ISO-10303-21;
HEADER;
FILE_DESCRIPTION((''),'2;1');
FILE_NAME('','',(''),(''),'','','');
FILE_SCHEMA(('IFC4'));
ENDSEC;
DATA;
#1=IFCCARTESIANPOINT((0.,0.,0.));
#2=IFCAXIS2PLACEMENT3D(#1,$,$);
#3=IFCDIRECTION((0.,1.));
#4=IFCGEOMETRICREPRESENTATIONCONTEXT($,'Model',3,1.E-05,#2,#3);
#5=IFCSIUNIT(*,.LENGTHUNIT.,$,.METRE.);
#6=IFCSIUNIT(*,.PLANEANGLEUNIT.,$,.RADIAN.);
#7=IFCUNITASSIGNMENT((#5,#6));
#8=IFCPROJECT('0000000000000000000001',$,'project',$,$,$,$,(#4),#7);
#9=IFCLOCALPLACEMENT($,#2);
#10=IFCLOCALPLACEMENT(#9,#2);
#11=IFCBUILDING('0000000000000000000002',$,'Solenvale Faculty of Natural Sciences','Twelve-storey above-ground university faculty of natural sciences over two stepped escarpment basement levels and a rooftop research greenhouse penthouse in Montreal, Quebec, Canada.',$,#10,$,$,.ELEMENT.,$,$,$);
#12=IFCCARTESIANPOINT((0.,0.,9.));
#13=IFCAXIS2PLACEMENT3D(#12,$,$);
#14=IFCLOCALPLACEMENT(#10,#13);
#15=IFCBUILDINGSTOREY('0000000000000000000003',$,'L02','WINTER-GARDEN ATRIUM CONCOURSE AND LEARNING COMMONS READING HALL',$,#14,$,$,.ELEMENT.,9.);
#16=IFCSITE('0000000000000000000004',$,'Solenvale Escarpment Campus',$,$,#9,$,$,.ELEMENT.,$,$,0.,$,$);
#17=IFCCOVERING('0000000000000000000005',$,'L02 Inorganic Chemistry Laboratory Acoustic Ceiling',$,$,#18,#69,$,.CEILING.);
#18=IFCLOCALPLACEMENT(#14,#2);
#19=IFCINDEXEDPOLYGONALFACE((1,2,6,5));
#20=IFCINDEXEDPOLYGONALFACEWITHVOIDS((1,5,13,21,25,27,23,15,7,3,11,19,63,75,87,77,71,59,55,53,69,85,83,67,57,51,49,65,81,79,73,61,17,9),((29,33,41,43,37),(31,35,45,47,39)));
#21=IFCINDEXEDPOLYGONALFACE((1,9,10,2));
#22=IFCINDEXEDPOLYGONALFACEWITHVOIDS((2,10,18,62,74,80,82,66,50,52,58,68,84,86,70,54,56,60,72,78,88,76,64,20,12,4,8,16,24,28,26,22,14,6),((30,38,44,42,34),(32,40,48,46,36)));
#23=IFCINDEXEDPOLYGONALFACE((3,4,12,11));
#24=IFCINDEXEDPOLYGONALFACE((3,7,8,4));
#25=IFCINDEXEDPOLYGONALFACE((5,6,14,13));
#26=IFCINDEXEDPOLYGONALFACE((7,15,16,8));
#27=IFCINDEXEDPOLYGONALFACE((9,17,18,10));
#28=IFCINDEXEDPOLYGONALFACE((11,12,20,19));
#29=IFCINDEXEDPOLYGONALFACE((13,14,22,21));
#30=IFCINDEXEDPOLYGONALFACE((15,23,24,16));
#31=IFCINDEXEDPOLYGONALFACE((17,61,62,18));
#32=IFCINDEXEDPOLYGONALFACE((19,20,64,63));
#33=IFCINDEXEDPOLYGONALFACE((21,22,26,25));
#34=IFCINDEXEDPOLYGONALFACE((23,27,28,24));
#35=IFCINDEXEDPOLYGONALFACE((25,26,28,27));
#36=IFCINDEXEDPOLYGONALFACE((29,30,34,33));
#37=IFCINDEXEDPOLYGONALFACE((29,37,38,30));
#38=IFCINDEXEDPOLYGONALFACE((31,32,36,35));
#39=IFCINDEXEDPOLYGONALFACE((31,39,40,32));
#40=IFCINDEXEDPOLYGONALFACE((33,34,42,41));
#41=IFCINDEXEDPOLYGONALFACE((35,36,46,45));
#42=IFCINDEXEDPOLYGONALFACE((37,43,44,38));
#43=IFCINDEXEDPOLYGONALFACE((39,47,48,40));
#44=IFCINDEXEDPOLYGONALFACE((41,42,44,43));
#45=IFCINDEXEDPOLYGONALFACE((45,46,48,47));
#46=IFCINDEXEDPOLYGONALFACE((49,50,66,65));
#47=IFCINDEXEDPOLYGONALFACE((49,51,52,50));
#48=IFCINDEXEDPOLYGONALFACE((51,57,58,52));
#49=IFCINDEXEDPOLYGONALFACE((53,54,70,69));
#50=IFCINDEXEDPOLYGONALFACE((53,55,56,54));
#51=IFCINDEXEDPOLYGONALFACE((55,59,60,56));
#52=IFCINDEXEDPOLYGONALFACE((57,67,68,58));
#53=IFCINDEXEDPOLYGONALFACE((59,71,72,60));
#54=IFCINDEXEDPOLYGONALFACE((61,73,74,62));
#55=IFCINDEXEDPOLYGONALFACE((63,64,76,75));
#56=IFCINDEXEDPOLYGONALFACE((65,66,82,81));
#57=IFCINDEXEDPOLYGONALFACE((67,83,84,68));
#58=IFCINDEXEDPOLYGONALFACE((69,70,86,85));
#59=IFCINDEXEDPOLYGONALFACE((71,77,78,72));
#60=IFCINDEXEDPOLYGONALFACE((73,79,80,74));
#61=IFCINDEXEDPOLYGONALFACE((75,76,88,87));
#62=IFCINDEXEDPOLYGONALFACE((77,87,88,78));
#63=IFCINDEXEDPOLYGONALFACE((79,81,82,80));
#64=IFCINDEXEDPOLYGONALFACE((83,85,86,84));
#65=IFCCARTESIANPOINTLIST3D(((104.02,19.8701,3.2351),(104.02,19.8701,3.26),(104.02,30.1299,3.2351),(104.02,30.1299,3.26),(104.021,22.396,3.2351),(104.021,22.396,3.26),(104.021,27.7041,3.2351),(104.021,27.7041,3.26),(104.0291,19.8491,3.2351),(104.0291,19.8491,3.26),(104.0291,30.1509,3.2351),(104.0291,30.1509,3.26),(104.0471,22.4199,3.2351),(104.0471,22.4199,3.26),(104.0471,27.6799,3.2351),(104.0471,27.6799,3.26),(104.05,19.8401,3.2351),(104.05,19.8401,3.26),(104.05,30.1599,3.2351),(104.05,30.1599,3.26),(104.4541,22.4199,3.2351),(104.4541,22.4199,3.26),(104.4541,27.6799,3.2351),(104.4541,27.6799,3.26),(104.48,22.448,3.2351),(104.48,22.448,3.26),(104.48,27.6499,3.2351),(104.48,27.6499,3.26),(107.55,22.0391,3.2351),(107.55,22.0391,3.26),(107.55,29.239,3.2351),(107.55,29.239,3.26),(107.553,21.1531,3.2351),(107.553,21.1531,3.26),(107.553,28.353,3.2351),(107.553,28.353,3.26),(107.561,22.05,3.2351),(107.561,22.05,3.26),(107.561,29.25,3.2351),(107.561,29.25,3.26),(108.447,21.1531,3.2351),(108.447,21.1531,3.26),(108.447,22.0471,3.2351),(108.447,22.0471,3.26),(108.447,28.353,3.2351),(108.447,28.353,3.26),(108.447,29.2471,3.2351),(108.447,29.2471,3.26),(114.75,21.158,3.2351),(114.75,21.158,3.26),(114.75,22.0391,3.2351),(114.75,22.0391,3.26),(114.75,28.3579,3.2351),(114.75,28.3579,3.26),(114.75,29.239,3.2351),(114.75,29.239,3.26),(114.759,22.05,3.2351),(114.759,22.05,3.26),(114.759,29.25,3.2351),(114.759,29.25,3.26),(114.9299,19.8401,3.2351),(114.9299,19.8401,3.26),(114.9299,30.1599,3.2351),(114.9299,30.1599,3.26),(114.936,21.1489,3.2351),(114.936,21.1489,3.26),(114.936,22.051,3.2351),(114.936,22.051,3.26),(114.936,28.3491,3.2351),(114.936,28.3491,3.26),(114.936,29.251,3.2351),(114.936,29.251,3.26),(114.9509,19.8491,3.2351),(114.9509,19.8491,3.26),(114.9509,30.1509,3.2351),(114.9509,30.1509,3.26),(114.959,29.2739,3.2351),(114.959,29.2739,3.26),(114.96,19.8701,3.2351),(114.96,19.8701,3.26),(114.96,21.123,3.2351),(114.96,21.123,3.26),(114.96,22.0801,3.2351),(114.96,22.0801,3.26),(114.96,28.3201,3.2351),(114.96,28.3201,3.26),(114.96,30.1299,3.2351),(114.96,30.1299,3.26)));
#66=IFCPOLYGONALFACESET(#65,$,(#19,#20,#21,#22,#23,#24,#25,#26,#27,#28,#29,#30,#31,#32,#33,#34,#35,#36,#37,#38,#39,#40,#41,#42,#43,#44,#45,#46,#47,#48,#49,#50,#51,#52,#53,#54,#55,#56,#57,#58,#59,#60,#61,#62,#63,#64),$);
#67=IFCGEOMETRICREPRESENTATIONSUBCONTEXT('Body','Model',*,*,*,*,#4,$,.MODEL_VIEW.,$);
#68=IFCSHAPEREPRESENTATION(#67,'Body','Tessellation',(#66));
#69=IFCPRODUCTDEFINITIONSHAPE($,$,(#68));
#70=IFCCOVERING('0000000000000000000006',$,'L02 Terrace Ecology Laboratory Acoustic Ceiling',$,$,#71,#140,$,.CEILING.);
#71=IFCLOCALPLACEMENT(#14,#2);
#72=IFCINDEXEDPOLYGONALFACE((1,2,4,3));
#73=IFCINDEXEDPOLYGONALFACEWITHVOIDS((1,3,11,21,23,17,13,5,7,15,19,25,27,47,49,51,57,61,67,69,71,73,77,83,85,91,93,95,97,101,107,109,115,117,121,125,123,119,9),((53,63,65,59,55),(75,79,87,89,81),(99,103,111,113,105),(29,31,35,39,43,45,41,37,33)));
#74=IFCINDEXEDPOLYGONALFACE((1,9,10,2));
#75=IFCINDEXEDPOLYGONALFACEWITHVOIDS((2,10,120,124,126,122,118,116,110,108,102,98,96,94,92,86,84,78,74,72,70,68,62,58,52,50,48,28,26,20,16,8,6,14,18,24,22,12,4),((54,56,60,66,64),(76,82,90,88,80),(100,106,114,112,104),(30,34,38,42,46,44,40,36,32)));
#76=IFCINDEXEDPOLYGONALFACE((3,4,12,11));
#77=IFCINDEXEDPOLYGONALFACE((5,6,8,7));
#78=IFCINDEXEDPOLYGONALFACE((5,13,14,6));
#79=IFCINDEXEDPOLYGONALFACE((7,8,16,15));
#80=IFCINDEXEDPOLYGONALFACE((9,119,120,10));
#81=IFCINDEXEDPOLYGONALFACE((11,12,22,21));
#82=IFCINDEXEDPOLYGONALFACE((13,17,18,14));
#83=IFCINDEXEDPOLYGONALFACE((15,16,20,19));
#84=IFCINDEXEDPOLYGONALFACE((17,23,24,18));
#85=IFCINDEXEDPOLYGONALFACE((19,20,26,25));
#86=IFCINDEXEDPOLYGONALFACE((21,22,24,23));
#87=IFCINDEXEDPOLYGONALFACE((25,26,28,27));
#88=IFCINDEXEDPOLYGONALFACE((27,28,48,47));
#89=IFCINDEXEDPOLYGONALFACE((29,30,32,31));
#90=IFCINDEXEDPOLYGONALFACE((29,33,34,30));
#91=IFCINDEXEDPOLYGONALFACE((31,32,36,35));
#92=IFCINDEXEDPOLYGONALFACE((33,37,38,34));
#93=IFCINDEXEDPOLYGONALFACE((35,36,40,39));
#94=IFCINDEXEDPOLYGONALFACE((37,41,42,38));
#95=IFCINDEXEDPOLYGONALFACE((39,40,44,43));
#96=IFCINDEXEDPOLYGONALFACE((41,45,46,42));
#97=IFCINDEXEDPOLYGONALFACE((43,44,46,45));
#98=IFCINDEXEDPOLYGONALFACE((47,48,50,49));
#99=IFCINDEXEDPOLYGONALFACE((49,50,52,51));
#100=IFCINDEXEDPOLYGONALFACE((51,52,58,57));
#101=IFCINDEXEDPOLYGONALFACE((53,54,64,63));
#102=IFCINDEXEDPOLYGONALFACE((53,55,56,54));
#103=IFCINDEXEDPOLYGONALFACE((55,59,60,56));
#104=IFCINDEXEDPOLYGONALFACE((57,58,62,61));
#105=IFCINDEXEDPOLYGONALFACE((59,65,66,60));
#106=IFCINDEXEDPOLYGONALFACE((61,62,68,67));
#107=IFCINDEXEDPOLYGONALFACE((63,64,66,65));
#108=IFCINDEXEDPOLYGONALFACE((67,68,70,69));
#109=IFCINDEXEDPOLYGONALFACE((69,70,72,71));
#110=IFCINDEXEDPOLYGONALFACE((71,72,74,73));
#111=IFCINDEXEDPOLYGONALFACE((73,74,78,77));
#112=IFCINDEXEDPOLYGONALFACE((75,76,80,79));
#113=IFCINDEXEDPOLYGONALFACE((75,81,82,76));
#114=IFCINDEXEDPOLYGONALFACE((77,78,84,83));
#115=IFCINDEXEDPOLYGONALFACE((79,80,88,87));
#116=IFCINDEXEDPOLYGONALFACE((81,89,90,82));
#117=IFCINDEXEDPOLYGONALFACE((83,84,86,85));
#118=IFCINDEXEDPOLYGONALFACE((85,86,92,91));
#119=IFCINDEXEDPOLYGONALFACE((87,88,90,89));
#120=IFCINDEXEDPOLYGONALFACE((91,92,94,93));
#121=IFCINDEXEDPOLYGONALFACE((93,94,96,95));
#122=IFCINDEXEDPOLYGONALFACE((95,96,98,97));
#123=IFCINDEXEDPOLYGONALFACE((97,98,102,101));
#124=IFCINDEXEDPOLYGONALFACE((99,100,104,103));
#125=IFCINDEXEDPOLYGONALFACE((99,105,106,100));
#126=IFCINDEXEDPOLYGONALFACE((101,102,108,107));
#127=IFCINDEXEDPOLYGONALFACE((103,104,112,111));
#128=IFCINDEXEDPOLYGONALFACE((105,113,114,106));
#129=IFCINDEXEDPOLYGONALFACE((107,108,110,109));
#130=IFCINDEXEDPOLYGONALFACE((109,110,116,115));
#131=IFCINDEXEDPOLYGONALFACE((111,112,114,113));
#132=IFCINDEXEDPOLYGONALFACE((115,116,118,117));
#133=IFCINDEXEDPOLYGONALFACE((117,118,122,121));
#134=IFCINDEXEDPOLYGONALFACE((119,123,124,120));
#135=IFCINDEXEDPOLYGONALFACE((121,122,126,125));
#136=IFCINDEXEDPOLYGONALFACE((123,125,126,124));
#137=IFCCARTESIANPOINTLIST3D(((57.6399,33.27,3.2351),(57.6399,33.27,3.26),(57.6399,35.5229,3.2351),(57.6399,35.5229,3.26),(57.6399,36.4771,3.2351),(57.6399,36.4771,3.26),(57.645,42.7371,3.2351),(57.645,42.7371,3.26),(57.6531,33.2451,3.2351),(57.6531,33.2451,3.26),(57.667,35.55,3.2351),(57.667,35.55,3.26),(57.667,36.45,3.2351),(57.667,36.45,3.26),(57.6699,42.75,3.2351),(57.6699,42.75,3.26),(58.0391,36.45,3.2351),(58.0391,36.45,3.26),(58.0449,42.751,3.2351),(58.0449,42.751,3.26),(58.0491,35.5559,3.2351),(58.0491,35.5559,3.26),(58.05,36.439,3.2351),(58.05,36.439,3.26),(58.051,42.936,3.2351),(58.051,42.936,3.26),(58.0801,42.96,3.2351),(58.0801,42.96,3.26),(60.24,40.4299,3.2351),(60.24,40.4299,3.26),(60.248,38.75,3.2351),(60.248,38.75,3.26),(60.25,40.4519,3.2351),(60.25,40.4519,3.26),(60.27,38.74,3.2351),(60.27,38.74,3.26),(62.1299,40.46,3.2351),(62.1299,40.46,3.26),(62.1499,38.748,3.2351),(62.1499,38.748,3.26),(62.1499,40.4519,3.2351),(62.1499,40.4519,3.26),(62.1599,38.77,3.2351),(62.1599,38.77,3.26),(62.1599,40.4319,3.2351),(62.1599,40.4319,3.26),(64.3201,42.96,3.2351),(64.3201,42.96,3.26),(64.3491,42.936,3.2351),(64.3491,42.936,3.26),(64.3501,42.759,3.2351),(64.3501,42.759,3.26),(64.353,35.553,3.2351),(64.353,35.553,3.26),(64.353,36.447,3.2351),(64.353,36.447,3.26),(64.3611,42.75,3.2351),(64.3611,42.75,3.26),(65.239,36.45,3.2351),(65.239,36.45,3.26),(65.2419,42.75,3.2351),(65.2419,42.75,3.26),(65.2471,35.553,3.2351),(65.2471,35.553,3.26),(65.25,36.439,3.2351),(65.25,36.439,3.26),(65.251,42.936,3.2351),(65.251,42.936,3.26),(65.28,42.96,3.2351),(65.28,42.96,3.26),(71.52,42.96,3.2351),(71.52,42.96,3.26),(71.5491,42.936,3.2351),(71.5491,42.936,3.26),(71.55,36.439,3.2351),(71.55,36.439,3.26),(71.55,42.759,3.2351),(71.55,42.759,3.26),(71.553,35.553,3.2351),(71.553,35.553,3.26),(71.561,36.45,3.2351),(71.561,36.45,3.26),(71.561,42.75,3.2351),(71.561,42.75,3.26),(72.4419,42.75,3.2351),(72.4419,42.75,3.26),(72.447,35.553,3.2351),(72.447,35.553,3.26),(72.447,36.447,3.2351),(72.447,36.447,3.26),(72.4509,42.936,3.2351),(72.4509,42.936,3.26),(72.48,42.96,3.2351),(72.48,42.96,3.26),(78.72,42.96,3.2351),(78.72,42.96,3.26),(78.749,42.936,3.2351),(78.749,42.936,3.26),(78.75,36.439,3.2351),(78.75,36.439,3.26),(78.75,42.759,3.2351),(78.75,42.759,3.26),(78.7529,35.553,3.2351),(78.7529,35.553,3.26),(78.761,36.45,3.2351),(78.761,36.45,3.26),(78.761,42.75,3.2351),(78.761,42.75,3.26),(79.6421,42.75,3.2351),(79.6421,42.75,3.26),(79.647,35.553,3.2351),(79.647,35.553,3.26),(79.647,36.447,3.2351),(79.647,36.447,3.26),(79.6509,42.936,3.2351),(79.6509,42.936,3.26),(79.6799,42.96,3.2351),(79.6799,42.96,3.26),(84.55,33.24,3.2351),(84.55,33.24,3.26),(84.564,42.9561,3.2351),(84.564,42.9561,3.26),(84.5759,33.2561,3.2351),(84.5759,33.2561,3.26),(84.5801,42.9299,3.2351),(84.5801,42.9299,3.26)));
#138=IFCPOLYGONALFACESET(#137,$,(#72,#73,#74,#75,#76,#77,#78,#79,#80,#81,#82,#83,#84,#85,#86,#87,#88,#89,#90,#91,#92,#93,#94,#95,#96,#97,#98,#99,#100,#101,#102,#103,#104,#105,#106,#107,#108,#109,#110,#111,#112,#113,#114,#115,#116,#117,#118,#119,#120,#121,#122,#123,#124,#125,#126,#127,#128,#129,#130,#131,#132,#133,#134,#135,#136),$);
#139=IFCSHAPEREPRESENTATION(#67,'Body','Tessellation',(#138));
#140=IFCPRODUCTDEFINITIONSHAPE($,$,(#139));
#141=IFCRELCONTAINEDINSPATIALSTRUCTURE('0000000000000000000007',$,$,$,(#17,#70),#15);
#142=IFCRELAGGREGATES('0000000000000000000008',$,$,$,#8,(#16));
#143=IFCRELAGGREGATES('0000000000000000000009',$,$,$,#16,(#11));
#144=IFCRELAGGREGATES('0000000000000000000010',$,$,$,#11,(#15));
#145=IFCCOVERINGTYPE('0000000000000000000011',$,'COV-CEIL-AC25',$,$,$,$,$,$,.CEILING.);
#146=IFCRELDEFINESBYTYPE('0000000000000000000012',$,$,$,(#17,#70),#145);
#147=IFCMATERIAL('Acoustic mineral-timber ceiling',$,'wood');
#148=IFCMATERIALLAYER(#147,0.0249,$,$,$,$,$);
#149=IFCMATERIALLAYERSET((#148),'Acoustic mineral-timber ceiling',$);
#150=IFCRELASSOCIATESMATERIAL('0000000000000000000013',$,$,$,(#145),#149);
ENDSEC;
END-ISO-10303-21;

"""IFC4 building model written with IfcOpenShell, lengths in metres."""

from ifc_helpers import new_model, si_unit, direction, frame, origin, place, context, subcontext, project, spatial, polyline, outline, extrude, material, layer, layer_set, type_object, element, save


model = new_model("IFC4")

# Units and contexts
model_context = context("Model", 3, precision=1e-05, world=origin(), true_north=direction((0.0, 1.0)))
body_context = subcontext(model_context, "Body", "Model", "MODEL_VIEW")
ifc_project = project(units=[si_unit("LENGTHUNIT", "METRE"), si_unit("PLANEANGLEUNIT", "RADIAN")], contexts=[model_context])

# Site, building, storey
site_placement = place(None, origin())
site = spatial("IfcSite", under=ifc_project, at=site_placement, Name="Solenvale Escarpment Campus", CompositionType="ELEMENT", RefElevation=0.0)
building_placement = place(site_placement, origin())
building = spatial("IfcBuilding", under=site, at=building_placement, Name="Solenvale Faculty of Natural Sciences", Description="Twelve-storey above-ground university faculty of natural sciences over two stepped escarpment basement levels and a rooftop research greenhouse penthouse in Montreal, Quebec, Canada.", CompositionType="ELEMENT")
storey_placement = place(building_placement, frame((0.0, 0.0, 9.0)))
storey = spatial("IfcBuildingStorey", under=building, at=storey_placement, Name="L02", Description="WINTER-GARDEN ATRIUM CONCOURSE AND LEARNING COMMONS READING HALL", CompositionType="ELEMENT", Elevation=9.0)

# Coverings
ifc_material_1 = material(Name="Acoustic mineral-timber ceiling", Category="wood")
ifc_layer_1 = layer(ifc_material_1, 0.0249)
ifc_layer_set_1 = layer_set([ifc_layer_1], Name="Acoustic mineral-timber ceiling")
covering_type_1 = type_object("IfcCoveringType", Name="COV-CEIL-AC25", PredefinedType="CEILING", material=ifc_layer_set_1)
covering_1_placement = place(storey_placement, frame((0.0, 0.0, 3.2351)))
element("IfcCovering", 1, at=covering_1_placement, inside=storey, type_object=covering_type_1, Name="L02 Inorganic Chemistry Laboratory Acoustic Ceiling", PredefinedType="CEILING", context=body_context, shape_type="SweptSolid", body=[
    extrude(outline(polyline([(104.05, 19.8401), (104.0291, 19.8491), (104.02, 19.8701), (104.021, 22.396), (104.0471, 22.4199), (104.4541, 22.4199), (104.48, 22.448), (104.48, 27.6499), (104.4541, 27.6799), (104.0471, 27.6799), (104.021, 27.7041), (104.02, 30.1299), (104.0291, 30.1509), (104.05, 30.1599), (114.9299, 30.1599), (114.9509, 30.1509), (114.96, 30.1299), (114.959, 29.2739), (114.936, 29.251), (114.759, 29.25), (114.75, 29.239), (114.75, 28.3579), (114.936, 28.3491), (114.96, 28.3201), (114.96, 22.0801), (114.936, 22.051), (114.759, 22.05), (114.75, 22.0391), (114.75, 21.158), (114.936, 21.1489), (114.96, 21.123), (114.96, 19.8701), (114.9509, 19.8491), (114.9299, 19.8401), (104.05, 19.8401)]), holes=[polyline([(107.561, 22.05), (107.55, 22.0391), (107.553, 21.1531), (108.447, 21.1531), (108.447, 22.0471), (107.561, 22.05)]), polyline([(107.561, 29.25), (107.55, 29.239), (107.553, 28.353), (108.447, 28.353), (108.447, 29.2471), (107.561, 29.25)])]), origin(), (0.0, 0.0, 1.0), 0.0249),
])
covering_2_placement = place(storey_placement, frame((0.0, 0.0, 3.2351)))
element("IfcCovering", 2, at=covering_2_placement, inside=storey, type_object=covering_type_1, Name="L02 Terrace Ecology Laboratory Acoustic Ceiling", PredefinedType="CEILING", context=body_context, shape_type="SweptSolid", body=[
    extrude(outline(polyline([(64.3201, 42.96), (64.3491, 42.936), (64.3501, 42.759), (64.3611, 42.75), (65.2419, 42.75), (65.251, 42.936), (65.28, 42.96), (71.52, 42.96), (71.5491, 42.936), (71.55, 42.759), (71.561, 42.75), (72.4419, 42.75), (72.4509, 42.936), (72.48, 42.96), (78.72, 42.96), (78.749, 42.936), (78.75, 42.759), (78.761, 42.75), (79.6421, 42.75), (79.6509, 42.936), (79.6799, 42.96), (84.564, 42.9561), (84.5801, 42.9299), (84.5759, 33.2561), (84.55, 33.24), (57.6531, 33.2451), (57.6399, 33.27), (57.6399, 35.5229), (57.667, 35.55), (58.0491, 35.5559), (58.05, 36.439), (58.0391, 36.45), (57.667, 36.45), (57.6399, 36.4771), (57.645, 42.7371), (57.6699, 42.75), (58.0449, 42.751), (58.051, 42.936), (58.0801, 42.96), (64.3201, 42.96)]), holes=[polyline([(78.761, 36.45), (78.75, 36.439), (78.7529, 35.553), (79.647, 35.553), (79.647, 36.447), (78.761, 36.45)]), polyline([(71.561, 36.45), (71.55, 36.439), (71.553, 35.553), (72.447, 35.553), (72.447, 36.447), (71.561, 36.45)]), polyline([(65.25, 36.439), (65.239, 36.45), (64.353, 36.447), (64.353, 35.553), (65.2471, 35.553), (65.25, 36.439)]), polyline([(62.1599, 40.4319), (62.1499, 40.4519), (62.1299, 40.46), (60.25, 40.4519), (60.24, 40.4299), (60.248, 38.75), (60.27, 38.74), (62.1499, 38.748), (62.1599, 38.77), (62.1599, 40.4319)])]), origin(), (0.0, 0.0, 1.0), 0.0249),
])

save(model, "model.ifc")
